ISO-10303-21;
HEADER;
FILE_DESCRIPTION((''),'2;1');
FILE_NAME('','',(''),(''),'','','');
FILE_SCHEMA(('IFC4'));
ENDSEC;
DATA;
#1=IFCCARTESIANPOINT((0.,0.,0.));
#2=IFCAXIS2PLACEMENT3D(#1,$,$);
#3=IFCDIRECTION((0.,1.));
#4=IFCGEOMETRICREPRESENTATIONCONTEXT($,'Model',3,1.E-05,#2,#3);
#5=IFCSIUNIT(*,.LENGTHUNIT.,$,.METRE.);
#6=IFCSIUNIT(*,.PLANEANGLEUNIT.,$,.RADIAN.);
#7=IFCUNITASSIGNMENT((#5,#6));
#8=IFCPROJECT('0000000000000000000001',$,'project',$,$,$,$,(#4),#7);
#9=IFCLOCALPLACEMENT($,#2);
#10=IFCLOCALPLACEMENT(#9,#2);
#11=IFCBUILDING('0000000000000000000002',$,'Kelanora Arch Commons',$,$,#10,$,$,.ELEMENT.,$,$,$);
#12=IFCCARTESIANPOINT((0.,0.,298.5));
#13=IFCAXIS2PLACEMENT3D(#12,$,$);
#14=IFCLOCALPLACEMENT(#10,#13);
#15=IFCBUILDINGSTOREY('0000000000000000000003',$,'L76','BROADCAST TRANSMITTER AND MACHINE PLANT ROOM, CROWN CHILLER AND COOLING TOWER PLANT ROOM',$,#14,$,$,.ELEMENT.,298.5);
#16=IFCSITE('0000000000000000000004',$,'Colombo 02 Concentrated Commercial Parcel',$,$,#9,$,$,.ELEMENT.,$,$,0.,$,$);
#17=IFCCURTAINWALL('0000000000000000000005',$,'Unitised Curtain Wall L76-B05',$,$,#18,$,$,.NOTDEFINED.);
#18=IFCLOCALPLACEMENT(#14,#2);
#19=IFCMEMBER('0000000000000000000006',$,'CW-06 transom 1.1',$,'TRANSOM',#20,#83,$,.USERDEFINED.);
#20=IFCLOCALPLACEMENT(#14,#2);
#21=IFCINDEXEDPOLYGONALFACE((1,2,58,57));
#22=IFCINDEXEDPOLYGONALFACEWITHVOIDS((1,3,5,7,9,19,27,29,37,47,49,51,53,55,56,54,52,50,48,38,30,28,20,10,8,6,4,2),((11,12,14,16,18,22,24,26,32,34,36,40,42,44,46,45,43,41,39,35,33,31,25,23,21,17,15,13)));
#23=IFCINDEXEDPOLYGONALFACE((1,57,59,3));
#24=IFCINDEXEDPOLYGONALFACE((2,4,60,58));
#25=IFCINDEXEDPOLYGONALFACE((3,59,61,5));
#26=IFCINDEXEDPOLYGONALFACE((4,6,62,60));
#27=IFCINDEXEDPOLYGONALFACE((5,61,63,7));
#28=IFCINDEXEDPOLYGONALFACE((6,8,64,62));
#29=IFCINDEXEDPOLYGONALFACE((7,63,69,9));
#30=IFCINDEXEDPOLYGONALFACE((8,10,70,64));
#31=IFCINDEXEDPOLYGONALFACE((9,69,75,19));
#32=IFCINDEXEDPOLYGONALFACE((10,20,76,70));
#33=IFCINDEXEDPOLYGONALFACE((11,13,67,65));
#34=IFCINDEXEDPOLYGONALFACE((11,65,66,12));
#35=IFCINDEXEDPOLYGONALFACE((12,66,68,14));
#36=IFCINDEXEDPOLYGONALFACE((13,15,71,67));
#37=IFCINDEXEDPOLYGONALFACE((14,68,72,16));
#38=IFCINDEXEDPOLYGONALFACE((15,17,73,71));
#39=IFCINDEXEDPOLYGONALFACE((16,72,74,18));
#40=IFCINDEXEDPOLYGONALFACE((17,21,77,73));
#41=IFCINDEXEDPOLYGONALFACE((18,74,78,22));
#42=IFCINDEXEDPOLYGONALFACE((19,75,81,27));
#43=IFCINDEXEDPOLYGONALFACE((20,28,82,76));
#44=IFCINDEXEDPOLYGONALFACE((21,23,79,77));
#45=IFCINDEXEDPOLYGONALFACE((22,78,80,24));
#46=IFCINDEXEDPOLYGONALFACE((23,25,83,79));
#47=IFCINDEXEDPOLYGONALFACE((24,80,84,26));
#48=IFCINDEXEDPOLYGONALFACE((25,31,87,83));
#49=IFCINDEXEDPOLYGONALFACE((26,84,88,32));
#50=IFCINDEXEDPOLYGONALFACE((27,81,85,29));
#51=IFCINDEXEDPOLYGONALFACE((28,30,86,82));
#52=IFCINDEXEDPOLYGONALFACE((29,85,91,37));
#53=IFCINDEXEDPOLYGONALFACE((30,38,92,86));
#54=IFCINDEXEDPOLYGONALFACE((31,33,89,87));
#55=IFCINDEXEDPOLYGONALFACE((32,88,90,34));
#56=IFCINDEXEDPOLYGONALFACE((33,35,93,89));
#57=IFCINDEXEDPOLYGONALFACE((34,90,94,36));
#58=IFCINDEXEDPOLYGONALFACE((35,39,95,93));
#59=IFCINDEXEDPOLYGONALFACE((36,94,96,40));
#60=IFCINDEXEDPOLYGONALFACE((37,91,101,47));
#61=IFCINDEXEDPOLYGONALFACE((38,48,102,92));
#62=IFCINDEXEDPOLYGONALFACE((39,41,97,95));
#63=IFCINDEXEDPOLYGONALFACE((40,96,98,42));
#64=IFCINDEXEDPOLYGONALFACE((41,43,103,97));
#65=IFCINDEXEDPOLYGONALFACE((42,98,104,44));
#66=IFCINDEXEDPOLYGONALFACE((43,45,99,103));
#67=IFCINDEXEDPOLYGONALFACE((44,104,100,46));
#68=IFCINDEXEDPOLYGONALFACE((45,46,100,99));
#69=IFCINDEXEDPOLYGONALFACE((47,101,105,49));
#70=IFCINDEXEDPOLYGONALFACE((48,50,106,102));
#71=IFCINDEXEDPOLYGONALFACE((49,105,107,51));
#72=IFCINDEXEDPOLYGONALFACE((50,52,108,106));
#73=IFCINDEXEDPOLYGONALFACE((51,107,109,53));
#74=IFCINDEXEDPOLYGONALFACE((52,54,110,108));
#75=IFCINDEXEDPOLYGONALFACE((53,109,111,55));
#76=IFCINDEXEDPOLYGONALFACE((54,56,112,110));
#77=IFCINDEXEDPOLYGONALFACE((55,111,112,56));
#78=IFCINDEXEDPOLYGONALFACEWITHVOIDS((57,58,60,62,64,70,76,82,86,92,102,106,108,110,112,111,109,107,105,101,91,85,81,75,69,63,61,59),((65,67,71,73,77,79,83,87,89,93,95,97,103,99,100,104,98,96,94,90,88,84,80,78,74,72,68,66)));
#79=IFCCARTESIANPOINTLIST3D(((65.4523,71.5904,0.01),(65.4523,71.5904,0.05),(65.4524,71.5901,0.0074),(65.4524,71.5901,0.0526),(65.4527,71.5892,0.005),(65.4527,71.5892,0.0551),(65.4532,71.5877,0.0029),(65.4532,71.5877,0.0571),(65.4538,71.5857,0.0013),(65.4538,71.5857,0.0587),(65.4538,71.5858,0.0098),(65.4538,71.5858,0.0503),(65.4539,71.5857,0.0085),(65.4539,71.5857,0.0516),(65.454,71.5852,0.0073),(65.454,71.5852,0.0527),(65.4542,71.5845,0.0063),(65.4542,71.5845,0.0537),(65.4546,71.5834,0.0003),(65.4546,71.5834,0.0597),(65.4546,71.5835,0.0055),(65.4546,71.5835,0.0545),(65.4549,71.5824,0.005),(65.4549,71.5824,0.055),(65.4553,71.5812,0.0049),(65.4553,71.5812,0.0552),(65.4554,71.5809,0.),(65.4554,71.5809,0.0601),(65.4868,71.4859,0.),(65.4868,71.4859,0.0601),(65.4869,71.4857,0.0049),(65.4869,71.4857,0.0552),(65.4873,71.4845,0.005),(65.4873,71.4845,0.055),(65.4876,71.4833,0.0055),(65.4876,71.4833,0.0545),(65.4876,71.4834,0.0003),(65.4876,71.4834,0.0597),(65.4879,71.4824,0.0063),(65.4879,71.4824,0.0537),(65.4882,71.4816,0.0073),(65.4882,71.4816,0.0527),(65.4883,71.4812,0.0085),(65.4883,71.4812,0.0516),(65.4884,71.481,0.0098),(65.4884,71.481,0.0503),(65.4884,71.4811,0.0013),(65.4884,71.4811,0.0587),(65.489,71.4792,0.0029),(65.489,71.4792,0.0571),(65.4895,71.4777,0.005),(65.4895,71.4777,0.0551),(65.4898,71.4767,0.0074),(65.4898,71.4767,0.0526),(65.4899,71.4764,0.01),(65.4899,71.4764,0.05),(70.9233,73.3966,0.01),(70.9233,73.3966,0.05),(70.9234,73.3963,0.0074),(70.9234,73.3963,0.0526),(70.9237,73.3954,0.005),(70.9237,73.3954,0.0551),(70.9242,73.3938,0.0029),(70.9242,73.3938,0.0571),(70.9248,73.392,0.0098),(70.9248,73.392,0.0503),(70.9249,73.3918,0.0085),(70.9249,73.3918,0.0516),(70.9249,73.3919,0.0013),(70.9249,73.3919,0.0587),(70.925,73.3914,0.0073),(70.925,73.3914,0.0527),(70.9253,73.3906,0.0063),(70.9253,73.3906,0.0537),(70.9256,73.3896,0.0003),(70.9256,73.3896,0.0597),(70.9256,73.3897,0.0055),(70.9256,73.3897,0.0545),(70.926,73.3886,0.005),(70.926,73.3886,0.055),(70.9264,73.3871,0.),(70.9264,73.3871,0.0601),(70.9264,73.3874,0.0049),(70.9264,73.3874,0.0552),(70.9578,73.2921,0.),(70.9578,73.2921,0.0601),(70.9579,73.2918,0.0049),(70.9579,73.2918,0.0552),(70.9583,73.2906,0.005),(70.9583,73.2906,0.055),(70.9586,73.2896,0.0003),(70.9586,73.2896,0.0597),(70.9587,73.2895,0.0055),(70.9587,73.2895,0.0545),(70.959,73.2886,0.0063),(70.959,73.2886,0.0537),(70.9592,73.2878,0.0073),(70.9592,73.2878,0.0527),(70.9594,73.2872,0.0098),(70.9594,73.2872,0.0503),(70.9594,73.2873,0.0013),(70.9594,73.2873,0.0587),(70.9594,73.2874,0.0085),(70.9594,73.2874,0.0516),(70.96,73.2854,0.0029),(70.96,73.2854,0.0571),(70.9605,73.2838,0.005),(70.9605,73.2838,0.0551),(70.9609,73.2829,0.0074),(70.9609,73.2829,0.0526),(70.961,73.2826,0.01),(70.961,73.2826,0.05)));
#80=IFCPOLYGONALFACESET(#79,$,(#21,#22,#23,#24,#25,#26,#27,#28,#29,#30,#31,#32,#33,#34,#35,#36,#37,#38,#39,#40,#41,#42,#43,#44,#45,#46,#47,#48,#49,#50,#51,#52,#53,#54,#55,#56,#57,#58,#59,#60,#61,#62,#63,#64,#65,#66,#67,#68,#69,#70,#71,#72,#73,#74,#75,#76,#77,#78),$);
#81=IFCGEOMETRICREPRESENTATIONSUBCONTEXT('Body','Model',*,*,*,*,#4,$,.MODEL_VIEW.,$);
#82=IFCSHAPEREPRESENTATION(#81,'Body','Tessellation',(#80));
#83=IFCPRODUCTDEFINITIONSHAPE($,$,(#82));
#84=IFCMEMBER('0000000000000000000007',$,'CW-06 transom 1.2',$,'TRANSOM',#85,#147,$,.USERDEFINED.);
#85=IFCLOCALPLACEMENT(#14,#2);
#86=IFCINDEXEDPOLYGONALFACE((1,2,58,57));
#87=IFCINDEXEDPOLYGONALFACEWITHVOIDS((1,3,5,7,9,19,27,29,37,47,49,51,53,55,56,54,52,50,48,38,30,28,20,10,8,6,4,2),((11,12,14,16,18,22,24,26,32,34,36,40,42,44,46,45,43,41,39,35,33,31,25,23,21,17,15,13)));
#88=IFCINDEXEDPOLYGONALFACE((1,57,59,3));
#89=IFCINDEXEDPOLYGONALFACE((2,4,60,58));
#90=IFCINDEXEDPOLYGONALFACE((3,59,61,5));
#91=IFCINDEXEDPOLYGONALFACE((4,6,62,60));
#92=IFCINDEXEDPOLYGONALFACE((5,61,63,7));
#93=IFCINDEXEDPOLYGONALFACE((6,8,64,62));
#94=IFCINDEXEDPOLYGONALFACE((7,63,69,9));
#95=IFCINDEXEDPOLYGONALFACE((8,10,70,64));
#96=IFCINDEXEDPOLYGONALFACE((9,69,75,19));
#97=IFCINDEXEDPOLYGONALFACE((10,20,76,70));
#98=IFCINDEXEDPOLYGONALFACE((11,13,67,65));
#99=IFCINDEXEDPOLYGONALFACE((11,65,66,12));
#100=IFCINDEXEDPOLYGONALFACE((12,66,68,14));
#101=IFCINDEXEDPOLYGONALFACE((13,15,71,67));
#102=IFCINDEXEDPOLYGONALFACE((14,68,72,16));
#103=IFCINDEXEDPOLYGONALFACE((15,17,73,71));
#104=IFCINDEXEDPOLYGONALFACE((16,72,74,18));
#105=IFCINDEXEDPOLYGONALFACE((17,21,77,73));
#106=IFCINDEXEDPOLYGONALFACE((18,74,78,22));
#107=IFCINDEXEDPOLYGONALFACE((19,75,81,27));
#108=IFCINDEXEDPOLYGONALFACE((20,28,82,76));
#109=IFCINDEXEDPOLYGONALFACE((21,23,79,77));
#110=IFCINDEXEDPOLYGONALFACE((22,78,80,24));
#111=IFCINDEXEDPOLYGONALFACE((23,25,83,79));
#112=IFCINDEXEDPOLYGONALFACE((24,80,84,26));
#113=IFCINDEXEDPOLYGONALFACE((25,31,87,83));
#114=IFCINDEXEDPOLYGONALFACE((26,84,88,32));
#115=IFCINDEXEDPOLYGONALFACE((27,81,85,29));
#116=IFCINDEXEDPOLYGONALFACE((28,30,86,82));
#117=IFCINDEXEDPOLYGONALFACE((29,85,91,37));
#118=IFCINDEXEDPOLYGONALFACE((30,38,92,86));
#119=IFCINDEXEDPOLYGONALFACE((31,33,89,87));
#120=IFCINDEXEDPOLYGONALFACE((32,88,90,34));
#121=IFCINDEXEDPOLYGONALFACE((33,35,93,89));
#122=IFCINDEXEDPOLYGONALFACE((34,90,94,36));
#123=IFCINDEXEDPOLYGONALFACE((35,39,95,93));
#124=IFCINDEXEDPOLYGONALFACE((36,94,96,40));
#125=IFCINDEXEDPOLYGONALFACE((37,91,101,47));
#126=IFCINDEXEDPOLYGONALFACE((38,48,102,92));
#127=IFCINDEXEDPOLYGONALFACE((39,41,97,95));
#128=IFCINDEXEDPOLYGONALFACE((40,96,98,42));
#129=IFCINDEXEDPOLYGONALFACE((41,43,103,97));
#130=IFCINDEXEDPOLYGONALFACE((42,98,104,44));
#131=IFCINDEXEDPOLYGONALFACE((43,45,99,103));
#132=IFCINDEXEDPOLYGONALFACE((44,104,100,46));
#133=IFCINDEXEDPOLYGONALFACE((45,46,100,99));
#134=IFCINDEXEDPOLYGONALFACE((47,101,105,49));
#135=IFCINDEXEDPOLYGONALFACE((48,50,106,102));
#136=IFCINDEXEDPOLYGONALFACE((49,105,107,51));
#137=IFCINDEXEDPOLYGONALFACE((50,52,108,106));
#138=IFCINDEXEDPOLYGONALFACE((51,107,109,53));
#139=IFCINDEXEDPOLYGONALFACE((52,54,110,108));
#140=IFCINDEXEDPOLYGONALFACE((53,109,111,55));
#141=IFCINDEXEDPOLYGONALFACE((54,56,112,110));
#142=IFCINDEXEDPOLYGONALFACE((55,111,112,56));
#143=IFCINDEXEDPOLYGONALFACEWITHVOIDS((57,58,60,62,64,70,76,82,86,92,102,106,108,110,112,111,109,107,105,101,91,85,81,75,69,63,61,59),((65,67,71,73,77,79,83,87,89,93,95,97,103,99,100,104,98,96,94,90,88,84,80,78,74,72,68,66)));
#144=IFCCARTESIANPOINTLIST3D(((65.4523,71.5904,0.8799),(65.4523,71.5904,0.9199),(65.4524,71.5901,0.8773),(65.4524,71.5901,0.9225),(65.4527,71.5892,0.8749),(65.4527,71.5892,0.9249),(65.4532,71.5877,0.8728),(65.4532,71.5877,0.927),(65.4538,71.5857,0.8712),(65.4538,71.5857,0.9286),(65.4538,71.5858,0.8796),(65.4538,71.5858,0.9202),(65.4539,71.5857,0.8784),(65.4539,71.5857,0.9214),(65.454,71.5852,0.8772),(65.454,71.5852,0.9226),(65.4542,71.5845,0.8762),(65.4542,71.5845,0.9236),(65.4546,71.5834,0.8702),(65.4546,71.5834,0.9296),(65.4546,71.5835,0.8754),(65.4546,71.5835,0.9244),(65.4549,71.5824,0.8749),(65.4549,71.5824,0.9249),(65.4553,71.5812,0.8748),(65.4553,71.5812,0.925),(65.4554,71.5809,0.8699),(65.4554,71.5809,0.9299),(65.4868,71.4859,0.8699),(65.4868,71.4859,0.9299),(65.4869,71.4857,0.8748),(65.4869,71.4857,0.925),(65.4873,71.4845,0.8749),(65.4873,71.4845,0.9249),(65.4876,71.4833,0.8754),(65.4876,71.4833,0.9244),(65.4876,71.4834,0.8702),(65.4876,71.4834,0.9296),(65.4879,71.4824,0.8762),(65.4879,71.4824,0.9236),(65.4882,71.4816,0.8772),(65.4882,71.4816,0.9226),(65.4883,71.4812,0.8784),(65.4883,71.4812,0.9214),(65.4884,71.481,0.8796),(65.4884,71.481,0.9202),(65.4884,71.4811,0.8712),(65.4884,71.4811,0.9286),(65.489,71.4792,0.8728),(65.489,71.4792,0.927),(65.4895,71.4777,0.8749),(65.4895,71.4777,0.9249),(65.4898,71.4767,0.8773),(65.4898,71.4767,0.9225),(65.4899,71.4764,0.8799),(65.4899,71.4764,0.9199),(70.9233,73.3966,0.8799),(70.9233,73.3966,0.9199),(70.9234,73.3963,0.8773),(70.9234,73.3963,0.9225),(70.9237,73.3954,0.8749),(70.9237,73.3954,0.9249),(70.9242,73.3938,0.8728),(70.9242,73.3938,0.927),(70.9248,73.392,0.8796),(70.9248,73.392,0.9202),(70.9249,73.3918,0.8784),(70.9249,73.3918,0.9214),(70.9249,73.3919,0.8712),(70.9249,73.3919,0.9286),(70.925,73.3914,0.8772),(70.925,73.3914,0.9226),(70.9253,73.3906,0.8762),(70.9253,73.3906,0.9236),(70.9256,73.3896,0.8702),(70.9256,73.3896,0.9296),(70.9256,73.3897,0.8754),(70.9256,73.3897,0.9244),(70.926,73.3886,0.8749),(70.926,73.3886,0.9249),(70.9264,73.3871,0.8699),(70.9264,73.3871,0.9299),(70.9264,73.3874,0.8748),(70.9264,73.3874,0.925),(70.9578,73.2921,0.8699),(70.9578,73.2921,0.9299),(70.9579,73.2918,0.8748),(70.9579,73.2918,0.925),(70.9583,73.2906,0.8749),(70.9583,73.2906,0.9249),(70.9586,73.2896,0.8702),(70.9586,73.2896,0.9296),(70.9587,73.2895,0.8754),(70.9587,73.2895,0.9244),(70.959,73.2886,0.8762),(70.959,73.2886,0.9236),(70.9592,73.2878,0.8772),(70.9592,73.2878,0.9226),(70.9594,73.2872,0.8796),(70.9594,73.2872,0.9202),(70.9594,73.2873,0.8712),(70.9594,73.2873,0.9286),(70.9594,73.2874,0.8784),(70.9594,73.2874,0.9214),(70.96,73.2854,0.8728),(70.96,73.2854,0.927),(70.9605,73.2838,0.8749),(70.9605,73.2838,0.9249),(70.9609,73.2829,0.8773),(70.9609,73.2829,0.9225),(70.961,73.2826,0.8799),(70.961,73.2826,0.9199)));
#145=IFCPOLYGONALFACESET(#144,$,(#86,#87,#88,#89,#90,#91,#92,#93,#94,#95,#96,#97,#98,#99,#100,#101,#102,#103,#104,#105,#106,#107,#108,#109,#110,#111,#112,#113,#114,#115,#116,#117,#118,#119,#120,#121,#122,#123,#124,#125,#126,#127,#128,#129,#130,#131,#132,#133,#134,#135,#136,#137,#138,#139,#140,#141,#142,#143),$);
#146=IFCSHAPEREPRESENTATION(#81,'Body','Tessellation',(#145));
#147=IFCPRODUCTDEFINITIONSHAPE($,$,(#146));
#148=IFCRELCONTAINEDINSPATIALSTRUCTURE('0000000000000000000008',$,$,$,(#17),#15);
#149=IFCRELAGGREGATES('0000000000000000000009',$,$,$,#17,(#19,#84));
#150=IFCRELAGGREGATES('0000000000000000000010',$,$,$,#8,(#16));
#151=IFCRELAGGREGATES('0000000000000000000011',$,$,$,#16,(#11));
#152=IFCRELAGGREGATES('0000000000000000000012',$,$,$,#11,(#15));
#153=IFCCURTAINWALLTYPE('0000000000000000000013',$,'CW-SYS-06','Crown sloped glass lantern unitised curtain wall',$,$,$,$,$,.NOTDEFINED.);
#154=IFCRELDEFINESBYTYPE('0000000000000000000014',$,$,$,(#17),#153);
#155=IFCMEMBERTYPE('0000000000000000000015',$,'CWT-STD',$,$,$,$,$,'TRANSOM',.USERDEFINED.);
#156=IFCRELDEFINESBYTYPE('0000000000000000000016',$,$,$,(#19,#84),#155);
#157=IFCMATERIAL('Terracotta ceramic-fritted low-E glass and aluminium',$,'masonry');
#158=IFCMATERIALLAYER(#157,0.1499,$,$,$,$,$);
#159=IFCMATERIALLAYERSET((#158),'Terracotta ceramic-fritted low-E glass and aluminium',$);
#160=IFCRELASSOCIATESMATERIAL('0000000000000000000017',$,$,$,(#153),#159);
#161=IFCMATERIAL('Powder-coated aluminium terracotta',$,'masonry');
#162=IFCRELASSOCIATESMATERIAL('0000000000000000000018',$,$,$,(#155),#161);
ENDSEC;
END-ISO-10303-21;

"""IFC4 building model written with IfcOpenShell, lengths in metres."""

from ifc_helpers import new_model, si_unit, direction, frame, origin, origin_2d, place, context, subcontext, project, spatial, hollow_rectangle, extrude, material, layer, layer_set, material_profile, profile_set, type_object, element, aggregate, save


model = new_model("IFC4")

# Units and contexts
model_context = context("Model", 3, precision=1e-05, world=origin(), true_north=direction((0.0, 1.0)))
body_context = subcontext(model_context, "Body", "Model", "MODEL_VIEW")
ifc_project = project(units=[si_unit("LENGTHUNIT", "METRE"), si_unit("PLANEANGLEUNIT", "RADIAN")], contexts=[model_context])

# Site, building, storey
site_placement = place(None, origin())
site = spatial("IfcSite", under=ifc_project, at=site_placement, Name="Colombo 02 Concentrated Commercial Parcel", CompositionType="ELEMENT", RefElevation=0.0)
building_placement = place(site_placement, origin())
building = spatial("IfcBuilding", under=site, at=building_placement, Name="Kelanora Arch Commons", CompositionType="ELEMENT")
storey_placement = place(building_placement, frame((0.0, 0.0, 298.5)))
storey = spatial("IfcBuildingStorey", under=building, at=storey_placement, Name="L76", Description="BROADCAST TRANSMITTER AND MACHINE PLANT ROOM, CROWN CHILLER AND COOLING TOWER PLANT ROOM", CompositionType="ELEMENT", Elevation=298.5)

# Curtain wall
ifc_material_1 = material(Name="Terracotta ceramic-fritted low-E glass and aluminium", Category="masonry")
ifc_layer_1 = layer(ifc_material_1, 0.1499)
ifc_layer_set_1 = layer_set([ifc_layer_1], Name="Terracotta ceramic-fritted low-E glass and aluminium")
curtain_wall_type = type_object("IfcCurtainWallType", Name="CW-SYS-06", Description="Crown sloped glass lantern unitised curtain wall", PredefinedType="NOTDEFINED", material=ifc_layer_set_1)
ifc_material_2 = material(Name="Powder-coated aluminium terracotta", Category="masonry")
curtain_wall_1_placement = place(storey_placement, origin())
curtain_wall_1 = element("IfcCurtainWall", 1, at=curtain_wall_1_placement, inside=storey, type_object=curtain_wall_type, Name="Unitised Curtain Wall L76-B05", PredefinedType="NOTDEFINED")

# Members
ifc_material_profile_1 = material_profile(ifc_material_2, hollow_rectangle(XDim=0.1201, YDim=0.0601, WallThickness=0.0049, InnerFilletRadius=0.0049, OuterFilletRadius=0.01, at=origin_2d()), Name="CWT120x60")
ifc_profile_set_1 = profile_set([ifc_material_profile_1], Name="Powder-coated aluminium terracotta")
member_type_1 = type_object("IfcMemberType", Name="CWT-STD", ElementType="TRANSOM", PredefinedType="USERDEFINED", material=ifc_profile_set_1)
member_1_placement = place(storey_placement, frame((70.9421, 73.3396, 0.03), z_axis=(-0.94959, -0.313493, 0.0), x_axis=(0.313493, -0.94959, 0.0)))
member_1 = element("IfcMember", 2, at=member_1_placement, type_object=member_type_1, Name="CW-06 transom 1.1", ObjectType="TRANSOM", PredefinedType="USERDEFINED", context=body_context, shape_type="SweptSolid", body=[
    extrude(hollow_rectangle(XDim=0.1201, YDim=0.0601, WallThickness=0.0049, InnerFilletRadius=0.0049, OuterFilletRadius=0.01, at=origin_2d()), origin(), (0.0, 0.0, 1.0), 5.7615),
])
member_2_placement = place(storey_placement, frame((70.9421, 73.3396, 0.8999), z_axis=(-0.94959, -0.313493, 0.0), x_axis=(0.313493, -0.94959, 0.0)))
member_2 = element("IfcMember", 3, at=member_2_placement, type_object=member_type_1, Name="CW-06 transom 1.2", ObjectType="TRANSOM", PredefinedType="USERDEFINED", context=body_context, shape_type="SweptSolid", body=[
    extrude(hollow_rectangle(XDim=0.1201, YDim=0.0601, WallThickness=0.0049, InnerFilletRadius=0.0049, OuterFilletRadius=0.01, at=origin_2d()), origin(), (0.0, 0.0, 1.0), 5.7615),
])

aggregate(curtain_wall_1, [member_1, member_2])

save(model, "model.ifc")
